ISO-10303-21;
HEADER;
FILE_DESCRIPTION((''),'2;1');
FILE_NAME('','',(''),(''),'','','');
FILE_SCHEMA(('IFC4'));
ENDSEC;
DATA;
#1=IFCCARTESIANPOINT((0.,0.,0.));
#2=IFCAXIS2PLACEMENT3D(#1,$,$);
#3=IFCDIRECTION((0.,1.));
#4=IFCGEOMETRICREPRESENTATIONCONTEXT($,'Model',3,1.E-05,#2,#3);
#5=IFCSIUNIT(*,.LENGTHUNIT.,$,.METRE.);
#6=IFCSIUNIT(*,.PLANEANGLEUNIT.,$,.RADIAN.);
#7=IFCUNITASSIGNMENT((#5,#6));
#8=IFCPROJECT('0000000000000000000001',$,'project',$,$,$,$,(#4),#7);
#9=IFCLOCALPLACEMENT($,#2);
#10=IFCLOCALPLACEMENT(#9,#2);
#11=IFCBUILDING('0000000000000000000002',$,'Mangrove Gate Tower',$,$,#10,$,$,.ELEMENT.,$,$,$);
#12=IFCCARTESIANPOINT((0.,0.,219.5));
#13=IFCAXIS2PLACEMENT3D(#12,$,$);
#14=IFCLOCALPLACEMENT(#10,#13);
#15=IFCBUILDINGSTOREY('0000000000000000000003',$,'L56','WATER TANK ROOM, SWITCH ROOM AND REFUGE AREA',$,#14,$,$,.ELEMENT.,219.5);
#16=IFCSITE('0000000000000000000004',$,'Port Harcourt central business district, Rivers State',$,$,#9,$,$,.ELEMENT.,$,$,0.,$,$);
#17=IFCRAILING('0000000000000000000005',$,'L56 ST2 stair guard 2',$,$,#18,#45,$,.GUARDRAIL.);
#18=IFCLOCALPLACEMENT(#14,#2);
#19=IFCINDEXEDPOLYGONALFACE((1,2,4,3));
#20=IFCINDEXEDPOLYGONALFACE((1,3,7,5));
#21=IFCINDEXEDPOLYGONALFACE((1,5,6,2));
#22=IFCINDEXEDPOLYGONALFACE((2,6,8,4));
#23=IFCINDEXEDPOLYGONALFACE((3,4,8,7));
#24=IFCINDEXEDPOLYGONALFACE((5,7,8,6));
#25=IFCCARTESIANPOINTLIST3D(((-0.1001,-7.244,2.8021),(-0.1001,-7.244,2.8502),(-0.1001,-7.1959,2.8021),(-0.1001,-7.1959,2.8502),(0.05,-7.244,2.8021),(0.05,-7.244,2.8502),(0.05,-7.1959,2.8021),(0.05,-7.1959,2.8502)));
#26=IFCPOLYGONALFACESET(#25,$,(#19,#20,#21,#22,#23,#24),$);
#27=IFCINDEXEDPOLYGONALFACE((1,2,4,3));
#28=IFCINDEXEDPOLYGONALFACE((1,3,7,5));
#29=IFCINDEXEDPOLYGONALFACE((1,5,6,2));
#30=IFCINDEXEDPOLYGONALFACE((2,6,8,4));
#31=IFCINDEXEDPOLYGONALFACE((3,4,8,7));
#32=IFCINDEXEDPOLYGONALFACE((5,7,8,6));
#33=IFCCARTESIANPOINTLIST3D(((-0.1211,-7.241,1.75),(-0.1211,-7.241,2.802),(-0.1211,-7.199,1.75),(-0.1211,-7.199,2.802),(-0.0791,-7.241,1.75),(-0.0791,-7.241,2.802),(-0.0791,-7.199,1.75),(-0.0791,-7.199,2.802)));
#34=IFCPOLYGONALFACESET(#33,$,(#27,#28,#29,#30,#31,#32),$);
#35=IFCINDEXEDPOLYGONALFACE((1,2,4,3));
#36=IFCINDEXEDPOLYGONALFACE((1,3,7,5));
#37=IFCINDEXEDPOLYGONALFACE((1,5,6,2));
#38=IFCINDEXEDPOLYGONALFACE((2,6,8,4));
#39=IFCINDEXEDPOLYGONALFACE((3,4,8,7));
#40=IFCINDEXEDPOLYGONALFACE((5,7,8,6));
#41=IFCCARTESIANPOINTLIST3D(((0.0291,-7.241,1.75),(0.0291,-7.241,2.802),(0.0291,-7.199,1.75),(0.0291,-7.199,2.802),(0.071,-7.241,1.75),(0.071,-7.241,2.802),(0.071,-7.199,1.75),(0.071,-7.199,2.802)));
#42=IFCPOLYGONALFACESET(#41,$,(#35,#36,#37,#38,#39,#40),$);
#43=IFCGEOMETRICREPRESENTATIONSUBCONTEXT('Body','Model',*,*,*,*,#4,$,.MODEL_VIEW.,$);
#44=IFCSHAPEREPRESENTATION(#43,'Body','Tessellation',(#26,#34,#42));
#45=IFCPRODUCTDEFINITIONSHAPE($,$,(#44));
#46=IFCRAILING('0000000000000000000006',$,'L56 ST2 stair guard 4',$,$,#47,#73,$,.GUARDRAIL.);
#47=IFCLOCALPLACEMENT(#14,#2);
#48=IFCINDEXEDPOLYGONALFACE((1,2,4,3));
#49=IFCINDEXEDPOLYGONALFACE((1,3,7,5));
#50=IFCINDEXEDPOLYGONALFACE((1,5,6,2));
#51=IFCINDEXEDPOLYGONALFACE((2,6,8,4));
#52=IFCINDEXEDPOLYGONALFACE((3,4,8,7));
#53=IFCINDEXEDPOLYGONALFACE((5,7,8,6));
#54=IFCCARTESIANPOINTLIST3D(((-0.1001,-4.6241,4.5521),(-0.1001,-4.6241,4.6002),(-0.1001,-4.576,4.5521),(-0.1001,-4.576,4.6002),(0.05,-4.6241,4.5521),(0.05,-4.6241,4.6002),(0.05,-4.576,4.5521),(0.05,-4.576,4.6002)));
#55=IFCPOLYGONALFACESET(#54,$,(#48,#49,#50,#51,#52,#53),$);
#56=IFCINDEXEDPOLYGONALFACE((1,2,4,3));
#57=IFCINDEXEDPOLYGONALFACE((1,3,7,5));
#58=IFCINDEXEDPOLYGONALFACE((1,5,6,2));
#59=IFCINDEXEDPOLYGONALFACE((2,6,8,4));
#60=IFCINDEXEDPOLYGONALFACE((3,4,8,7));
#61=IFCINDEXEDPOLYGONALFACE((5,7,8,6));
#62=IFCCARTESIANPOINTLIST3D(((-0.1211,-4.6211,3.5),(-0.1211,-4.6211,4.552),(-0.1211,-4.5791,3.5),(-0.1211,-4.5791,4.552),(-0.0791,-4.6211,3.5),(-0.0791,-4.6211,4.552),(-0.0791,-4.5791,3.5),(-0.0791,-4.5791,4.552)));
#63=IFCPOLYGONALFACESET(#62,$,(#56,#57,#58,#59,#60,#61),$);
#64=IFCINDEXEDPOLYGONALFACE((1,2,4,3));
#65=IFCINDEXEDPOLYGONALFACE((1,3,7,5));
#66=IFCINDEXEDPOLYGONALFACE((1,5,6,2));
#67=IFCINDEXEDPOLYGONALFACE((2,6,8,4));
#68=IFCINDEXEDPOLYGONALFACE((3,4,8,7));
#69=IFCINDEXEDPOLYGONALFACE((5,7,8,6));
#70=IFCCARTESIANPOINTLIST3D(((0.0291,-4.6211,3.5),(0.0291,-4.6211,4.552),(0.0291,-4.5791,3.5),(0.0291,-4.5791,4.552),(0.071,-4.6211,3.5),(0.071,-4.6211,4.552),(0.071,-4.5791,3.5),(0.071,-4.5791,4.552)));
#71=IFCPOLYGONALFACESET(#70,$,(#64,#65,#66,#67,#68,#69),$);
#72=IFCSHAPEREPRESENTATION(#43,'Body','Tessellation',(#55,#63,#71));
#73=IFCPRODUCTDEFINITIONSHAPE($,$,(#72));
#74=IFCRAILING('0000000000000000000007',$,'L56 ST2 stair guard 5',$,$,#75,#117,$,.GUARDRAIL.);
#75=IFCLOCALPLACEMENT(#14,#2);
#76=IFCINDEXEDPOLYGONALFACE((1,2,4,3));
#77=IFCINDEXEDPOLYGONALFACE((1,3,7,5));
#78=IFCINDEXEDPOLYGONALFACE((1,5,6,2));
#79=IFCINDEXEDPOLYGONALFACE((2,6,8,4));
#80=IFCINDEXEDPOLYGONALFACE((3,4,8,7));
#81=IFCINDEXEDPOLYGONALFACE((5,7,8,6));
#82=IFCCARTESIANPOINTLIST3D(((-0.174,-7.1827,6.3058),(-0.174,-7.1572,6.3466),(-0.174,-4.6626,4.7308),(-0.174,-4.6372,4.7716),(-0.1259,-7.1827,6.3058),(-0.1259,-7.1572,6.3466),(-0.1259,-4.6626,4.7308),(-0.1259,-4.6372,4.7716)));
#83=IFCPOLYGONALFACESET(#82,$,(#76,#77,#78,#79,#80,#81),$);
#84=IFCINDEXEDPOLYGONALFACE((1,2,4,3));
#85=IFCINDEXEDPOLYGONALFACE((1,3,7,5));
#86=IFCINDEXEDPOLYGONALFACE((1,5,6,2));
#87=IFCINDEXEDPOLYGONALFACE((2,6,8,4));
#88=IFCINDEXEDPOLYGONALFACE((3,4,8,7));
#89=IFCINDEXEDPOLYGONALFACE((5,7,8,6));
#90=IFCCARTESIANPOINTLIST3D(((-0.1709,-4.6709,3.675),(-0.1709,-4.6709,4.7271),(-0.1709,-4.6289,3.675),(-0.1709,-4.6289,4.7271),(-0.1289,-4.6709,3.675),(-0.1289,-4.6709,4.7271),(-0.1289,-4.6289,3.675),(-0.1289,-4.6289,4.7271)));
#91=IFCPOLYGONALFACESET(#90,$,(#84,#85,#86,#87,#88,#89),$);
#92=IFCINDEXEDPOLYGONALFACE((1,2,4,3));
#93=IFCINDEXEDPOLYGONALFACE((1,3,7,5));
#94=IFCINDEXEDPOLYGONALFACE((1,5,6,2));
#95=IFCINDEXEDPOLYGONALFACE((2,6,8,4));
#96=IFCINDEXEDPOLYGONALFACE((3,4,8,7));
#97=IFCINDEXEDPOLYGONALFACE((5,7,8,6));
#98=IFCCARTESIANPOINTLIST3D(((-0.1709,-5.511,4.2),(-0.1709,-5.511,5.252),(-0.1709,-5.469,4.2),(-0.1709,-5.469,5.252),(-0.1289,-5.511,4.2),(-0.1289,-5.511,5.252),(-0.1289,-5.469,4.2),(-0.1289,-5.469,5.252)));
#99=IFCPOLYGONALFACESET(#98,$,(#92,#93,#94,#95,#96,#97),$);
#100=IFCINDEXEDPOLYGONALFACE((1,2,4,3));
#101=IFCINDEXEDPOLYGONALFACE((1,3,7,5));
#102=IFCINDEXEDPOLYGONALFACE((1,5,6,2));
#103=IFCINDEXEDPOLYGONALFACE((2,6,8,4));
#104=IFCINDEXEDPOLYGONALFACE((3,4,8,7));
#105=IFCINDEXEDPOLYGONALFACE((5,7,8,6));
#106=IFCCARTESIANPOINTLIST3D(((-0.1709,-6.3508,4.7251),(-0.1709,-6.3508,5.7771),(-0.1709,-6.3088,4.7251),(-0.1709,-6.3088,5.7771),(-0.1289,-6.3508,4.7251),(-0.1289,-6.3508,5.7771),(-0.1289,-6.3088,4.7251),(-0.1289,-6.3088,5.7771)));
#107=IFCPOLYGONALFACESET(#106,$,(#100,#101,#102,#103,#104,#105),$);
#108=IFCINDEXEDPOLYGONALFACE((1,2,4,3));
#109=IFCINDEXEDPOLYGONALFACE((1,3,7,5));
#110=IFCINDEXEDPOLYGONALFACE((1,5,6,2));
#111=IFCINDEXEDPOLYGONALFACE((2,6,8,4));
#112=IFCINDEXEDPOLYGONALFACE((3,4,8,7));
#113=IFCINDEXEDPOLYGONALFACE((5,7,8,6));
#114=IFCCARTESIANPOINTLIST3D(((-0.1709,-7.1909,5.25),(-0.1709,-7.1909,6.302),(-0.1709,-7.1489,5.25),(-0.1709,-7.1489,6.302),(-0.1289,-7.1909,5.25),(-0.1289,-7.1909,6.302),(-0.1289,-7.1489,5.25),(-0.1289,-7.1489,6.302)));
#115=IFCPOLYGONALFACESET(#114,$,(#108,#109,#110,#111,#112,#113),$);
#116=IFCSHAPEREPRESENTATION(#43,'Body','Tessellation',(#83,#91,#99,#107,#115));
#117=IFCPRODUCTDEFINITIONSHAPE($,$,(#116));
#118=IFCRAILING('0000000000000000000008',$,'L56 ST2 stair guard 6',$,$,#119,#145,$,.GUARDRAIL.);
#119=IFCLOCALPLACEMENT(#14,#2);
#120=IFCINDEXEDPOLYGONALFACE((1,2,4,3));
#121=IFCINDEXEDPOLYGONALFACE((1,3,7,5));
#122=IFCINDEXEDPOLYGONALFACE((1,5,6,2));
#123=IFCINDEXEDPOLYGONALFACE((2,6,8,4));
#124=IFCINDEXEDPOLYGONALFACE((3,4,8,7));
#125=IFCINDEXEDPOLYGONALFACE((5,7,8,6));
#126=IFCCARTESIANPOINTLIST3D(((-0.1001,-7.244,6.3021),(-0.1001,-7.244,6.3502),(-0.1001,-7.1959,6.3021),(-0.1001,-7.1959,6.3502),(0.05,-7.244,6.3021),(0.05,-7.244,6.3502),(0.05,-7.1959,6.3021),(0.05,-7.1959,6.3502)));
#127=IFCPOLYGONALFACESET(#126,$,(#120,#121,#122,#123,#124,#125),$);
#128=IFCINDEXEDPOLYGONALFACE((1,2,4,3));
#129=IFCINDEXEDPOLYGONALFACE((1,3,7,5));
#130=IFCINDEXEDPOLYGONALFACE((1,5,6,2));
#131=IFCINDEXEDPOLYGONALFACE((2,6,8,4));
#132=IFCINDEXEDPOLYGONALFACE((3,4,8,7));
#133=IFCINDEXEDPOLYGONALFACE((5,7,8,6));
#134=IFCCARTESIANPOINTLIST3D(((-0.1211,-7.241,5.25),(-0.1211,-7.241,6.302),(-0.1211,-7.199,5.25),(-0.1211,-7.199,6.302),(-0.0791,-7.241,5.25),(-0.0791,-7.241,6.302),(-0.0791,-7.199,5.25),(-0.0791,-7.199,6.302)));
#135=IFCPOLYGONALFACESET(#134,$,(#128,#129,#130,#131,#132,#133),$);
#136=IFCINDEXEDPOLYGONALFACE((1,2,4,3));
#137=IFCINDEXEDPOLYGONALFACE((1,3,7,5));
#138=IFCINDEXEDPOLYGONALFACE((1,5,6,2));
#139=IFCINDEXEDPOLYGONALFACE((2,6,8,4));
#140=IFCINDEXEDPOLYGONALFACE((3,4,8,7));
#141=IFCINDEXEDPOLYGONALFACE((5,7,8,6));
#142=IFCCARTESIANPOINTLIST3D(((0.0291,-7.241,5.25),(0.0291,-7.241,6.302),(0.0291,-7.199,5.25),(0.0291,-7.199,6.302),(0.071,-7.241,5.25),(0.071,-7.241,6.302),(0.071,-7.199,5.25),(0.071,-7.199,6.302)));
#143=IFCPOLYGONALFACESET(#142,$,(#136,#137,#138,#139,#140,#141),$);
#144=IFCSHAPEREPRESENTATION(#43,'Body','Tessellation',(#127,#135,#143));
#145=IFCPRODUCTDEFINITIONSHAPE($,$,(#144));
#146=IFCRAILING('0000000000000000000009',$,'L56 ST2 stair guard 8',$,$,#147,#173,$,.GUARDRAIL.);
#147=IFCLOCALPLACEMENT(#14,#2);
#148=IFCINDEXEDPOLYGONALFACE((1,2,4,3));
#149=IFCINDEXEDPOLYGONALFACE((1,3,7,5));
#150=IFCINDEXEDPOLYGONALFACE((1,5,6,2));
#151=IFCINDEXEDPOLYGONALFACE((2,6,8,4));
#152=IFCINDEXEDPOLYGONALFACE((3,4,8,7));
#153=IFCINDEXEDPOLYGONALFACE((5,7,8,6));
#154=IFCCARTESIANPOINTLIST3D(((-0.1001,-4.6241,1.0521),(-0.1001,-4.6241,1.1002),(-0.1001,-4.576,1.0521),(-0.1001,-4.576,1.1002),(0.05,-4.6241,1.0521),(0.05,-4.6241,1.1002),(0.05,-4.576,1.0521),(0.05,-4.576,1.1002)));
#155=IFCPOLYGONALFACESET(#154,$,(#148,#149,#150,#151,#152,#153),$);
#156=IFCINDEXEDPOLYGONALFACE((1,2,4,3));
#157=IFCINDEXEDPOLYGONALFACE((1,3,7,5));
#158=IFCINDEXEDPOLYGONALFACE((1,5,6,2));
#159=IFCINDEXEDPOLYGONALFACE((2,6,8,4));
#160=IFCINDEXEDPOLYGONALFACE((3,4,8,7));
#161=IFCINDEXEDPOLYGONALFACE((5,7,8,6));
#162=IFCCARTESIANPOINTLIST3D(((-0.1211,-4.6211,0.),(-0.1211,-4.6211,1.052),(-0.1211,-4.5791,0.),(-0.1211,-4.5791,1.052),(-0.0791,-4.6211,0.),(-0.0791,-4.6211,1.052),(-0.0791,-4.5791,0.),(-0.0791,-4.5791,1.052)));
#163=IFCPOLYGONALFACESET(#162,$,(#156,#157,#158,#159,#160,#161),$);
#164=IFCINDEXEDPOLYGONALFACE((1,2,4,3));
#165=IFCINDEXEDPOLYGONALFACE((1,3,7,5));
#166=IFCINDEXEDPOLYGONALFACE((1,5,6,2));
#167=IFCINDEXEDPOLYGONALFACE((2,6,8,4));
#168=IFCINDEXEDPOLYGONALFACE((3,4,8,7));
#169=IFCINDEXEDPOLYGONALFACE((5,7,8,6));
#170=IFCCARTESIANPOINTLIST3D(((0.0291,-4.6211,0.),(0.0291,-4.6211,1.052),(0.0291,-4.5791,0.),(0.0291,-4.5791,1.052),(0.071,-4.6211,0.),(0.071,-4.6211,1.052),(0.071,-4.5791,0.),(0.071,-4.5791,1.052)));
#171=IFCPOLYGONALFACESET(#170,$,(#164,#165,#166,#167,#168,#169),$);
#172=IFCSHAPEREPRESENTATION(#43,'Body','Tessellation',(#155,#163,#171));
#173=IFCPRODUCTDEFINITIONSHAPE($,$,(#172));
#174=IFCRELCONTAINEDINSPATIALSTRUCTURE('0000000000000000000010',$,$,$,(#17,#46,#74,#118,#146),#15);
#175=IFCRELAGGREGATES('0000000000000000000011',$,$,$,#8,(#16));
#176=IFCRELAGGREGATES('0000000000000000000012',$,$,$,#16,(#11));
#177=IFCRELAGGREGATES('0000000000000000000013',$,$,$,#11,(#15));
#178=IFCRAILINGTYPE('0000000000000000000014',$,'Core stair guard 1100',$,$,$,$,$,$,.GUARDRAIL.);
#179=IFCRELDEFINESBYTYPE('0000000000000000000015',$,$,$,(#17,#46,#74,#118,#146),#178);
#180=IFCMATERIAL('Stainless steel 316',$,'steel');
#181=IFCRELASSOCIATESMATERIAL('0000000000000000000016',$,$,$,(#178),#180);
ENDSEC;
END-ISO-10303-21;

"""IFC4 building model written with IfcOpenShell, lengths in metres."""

from ifc_helpers import new_model, si_unit, direction, frame, origin, origin_2d, place, context, subcontext, project, spatial, rectangle, extrude, material, type_object, element, save


model = new_model("IFC4")

# Units and contexts
model_context = context("Model", 3, precision=1e-05, world=origin(), true_north=direction((0.0, 1.0)))
body_context = subcontext(model_context, "Body", "Model", "MODEL_VIEW")
ifc_project = project(units=[si_unit("LENGTHUNIT", "METRE"), si_unit("PLANEANGLEUNIT", "RADIAN")], contexts=[model_context])

# Site, building, storey
site_placement = place(None, origin())
site = spatial("IfcSite", under=ifc_project, at=site_placement, Name="Port Harcourt central business district, Rivers State", CompositionType="ELEMENT", RefElevation=0.0)
building_placement = place(site_placement, origin())
building = spatial("IfcBuilding", under=site, at=building_placement, Name="Mangrove Gate Tower", CompositionType="ELEMENT")
storey_placement = place(building_placement, frame((0.0, 0.0, 219.5)))
storey = spatial("IfcBuildingStorey", under=building, at=storey_placement, Name="L56", Description="WATER TANK ROOM, SWITCH ROOM AND REFUGE AREA", CompositionType="ELEMENT", Elevation=219.5)

# Railings
ifc_material_1 = material(Name="Stainless steel 316", Category="steel")
railing_type_1 = type_object("IfcRailingType", Name="Core stair guard 1100", PredefinedType="GUARDRAIL", material=ifc_material_1)
for number, where, name in (
    (1, (-0.1001, -7.22, 1.75), "L56 ST2 stair guard 2"),
    (2, (-0.1001, -4.6001, 3.5), "L56 ST2 stair guard 4"),
):
    element("IfcRailing", number, at=place(storey_placement, frame(where)), inside=storey, type_object=railing_type_1, Name=name, PredefinedType="GUARDRAIL", context=body_context, shape_type="SweptSolid", body=[
        extrude(rectangle(XDim=0.0481, YDim=0.0481, at=origin_2d()), frame((0.0, 0.0, 1.0762), z_axis=(1.0, 0.0, 0.0), x_axis=(0.0, 1.0, 0.0)), (0.0, 0.0, 1.0), 0.1501),
        extrude(rectangle(XDim=0.042, YDim=0.042, at=origin_2d()), origin(), (0.0, 0.0, 1.0), 1.052),
        extrude(rectangle(XDim=0.042, YDim=0.042, at=origin_2d()), frame((0.1501, 0.0, 0.0)), (0.0, 0.0, 1.0), 1.052),
    ])
railing_1_placement = place(storey_placement, frame((-0.1499, -4.6499, 3.675)))
element("IfcRailing", 3, at=railing_1_placement, inside=storey, type_object=railing_type_1, Name="L56 ST2 stair guard 5", PredefinedType="GUARDRAIL", context=body_context, shape_type="SweptSolid", body=[
    extrude(rectangle(XDim=0.0481, YDim=0.0481, at=origin_2d()), frame((0.0, 0.0, 1.0762), z_axis=(0.0, -0.848008, 0.529984), x_axis=(1.0, 0.0, 0.0)), (0.0, 0.0, 1.0), 2.9717),
    extrude(rectangle(XDim=0.042, YDim=0.042, at=origin_2d()), origin(), (0.0, 0.0, 1.0), 1.052),
    extrude(rectangle(XDim=0.042, YDim=0.042, at=origin_2d()), frame((0.0, -0.8401, 0.5249)), (0.0, 0.0, 1.0), 1.052),
    extrude(rectangle(XDim=0.042, YDim=0.042, at=origin_2d()), frame((0.0, -1.6799, 1.05)), (0.0, 0.0, 1.0), 1.052),
    extrude(rectangle(XDim=0.042, YDim=0.042, at=origin_2d()), frame((0.0, -2.52, 1.575)), (0.0, 0.0, 1.0), 1.052),
])
for number, where, name in (
    (4, (-0.1001, -7.22, 5.25), "L56 ST2 stair guard 6"),
    (5, (-0.1001, -4.6001, 0.0), "L56 ST2 stair guard 8"),
):
    element("IfcRailing", number, at=place(storey_placement, frame(where)), inside=storey, type_object=railing_type_1, Name=name, PredefinedType="GUARDRAIL", context=body_context, shape_type="SweptSolid", body=[
        extrude(rectangle(XDim=0.0481, YDim=0.0481, at=origin_2d()), frame((0.0, 0.0, 1.0762), z_axis=(1.0, 0.0, 0.0), x_axis=(0.0, 1.0, 0.0)), (0.0, 0.0, 1.0), 0.1501),
        extrude(rectangle(XDim=0.042, YDim=0.042, at=origin_2d()), origin(), (0.0, 0.0, 1.0), 1.052),
        extrude(rectangle(XDim=0.042, YDim=0.042, at=origin_2d()), frame((0.1501, 0.0, 0.0)), (0.0, 0.0, 1.0), 1.052),
    ])

save(model, "model.ifc")
